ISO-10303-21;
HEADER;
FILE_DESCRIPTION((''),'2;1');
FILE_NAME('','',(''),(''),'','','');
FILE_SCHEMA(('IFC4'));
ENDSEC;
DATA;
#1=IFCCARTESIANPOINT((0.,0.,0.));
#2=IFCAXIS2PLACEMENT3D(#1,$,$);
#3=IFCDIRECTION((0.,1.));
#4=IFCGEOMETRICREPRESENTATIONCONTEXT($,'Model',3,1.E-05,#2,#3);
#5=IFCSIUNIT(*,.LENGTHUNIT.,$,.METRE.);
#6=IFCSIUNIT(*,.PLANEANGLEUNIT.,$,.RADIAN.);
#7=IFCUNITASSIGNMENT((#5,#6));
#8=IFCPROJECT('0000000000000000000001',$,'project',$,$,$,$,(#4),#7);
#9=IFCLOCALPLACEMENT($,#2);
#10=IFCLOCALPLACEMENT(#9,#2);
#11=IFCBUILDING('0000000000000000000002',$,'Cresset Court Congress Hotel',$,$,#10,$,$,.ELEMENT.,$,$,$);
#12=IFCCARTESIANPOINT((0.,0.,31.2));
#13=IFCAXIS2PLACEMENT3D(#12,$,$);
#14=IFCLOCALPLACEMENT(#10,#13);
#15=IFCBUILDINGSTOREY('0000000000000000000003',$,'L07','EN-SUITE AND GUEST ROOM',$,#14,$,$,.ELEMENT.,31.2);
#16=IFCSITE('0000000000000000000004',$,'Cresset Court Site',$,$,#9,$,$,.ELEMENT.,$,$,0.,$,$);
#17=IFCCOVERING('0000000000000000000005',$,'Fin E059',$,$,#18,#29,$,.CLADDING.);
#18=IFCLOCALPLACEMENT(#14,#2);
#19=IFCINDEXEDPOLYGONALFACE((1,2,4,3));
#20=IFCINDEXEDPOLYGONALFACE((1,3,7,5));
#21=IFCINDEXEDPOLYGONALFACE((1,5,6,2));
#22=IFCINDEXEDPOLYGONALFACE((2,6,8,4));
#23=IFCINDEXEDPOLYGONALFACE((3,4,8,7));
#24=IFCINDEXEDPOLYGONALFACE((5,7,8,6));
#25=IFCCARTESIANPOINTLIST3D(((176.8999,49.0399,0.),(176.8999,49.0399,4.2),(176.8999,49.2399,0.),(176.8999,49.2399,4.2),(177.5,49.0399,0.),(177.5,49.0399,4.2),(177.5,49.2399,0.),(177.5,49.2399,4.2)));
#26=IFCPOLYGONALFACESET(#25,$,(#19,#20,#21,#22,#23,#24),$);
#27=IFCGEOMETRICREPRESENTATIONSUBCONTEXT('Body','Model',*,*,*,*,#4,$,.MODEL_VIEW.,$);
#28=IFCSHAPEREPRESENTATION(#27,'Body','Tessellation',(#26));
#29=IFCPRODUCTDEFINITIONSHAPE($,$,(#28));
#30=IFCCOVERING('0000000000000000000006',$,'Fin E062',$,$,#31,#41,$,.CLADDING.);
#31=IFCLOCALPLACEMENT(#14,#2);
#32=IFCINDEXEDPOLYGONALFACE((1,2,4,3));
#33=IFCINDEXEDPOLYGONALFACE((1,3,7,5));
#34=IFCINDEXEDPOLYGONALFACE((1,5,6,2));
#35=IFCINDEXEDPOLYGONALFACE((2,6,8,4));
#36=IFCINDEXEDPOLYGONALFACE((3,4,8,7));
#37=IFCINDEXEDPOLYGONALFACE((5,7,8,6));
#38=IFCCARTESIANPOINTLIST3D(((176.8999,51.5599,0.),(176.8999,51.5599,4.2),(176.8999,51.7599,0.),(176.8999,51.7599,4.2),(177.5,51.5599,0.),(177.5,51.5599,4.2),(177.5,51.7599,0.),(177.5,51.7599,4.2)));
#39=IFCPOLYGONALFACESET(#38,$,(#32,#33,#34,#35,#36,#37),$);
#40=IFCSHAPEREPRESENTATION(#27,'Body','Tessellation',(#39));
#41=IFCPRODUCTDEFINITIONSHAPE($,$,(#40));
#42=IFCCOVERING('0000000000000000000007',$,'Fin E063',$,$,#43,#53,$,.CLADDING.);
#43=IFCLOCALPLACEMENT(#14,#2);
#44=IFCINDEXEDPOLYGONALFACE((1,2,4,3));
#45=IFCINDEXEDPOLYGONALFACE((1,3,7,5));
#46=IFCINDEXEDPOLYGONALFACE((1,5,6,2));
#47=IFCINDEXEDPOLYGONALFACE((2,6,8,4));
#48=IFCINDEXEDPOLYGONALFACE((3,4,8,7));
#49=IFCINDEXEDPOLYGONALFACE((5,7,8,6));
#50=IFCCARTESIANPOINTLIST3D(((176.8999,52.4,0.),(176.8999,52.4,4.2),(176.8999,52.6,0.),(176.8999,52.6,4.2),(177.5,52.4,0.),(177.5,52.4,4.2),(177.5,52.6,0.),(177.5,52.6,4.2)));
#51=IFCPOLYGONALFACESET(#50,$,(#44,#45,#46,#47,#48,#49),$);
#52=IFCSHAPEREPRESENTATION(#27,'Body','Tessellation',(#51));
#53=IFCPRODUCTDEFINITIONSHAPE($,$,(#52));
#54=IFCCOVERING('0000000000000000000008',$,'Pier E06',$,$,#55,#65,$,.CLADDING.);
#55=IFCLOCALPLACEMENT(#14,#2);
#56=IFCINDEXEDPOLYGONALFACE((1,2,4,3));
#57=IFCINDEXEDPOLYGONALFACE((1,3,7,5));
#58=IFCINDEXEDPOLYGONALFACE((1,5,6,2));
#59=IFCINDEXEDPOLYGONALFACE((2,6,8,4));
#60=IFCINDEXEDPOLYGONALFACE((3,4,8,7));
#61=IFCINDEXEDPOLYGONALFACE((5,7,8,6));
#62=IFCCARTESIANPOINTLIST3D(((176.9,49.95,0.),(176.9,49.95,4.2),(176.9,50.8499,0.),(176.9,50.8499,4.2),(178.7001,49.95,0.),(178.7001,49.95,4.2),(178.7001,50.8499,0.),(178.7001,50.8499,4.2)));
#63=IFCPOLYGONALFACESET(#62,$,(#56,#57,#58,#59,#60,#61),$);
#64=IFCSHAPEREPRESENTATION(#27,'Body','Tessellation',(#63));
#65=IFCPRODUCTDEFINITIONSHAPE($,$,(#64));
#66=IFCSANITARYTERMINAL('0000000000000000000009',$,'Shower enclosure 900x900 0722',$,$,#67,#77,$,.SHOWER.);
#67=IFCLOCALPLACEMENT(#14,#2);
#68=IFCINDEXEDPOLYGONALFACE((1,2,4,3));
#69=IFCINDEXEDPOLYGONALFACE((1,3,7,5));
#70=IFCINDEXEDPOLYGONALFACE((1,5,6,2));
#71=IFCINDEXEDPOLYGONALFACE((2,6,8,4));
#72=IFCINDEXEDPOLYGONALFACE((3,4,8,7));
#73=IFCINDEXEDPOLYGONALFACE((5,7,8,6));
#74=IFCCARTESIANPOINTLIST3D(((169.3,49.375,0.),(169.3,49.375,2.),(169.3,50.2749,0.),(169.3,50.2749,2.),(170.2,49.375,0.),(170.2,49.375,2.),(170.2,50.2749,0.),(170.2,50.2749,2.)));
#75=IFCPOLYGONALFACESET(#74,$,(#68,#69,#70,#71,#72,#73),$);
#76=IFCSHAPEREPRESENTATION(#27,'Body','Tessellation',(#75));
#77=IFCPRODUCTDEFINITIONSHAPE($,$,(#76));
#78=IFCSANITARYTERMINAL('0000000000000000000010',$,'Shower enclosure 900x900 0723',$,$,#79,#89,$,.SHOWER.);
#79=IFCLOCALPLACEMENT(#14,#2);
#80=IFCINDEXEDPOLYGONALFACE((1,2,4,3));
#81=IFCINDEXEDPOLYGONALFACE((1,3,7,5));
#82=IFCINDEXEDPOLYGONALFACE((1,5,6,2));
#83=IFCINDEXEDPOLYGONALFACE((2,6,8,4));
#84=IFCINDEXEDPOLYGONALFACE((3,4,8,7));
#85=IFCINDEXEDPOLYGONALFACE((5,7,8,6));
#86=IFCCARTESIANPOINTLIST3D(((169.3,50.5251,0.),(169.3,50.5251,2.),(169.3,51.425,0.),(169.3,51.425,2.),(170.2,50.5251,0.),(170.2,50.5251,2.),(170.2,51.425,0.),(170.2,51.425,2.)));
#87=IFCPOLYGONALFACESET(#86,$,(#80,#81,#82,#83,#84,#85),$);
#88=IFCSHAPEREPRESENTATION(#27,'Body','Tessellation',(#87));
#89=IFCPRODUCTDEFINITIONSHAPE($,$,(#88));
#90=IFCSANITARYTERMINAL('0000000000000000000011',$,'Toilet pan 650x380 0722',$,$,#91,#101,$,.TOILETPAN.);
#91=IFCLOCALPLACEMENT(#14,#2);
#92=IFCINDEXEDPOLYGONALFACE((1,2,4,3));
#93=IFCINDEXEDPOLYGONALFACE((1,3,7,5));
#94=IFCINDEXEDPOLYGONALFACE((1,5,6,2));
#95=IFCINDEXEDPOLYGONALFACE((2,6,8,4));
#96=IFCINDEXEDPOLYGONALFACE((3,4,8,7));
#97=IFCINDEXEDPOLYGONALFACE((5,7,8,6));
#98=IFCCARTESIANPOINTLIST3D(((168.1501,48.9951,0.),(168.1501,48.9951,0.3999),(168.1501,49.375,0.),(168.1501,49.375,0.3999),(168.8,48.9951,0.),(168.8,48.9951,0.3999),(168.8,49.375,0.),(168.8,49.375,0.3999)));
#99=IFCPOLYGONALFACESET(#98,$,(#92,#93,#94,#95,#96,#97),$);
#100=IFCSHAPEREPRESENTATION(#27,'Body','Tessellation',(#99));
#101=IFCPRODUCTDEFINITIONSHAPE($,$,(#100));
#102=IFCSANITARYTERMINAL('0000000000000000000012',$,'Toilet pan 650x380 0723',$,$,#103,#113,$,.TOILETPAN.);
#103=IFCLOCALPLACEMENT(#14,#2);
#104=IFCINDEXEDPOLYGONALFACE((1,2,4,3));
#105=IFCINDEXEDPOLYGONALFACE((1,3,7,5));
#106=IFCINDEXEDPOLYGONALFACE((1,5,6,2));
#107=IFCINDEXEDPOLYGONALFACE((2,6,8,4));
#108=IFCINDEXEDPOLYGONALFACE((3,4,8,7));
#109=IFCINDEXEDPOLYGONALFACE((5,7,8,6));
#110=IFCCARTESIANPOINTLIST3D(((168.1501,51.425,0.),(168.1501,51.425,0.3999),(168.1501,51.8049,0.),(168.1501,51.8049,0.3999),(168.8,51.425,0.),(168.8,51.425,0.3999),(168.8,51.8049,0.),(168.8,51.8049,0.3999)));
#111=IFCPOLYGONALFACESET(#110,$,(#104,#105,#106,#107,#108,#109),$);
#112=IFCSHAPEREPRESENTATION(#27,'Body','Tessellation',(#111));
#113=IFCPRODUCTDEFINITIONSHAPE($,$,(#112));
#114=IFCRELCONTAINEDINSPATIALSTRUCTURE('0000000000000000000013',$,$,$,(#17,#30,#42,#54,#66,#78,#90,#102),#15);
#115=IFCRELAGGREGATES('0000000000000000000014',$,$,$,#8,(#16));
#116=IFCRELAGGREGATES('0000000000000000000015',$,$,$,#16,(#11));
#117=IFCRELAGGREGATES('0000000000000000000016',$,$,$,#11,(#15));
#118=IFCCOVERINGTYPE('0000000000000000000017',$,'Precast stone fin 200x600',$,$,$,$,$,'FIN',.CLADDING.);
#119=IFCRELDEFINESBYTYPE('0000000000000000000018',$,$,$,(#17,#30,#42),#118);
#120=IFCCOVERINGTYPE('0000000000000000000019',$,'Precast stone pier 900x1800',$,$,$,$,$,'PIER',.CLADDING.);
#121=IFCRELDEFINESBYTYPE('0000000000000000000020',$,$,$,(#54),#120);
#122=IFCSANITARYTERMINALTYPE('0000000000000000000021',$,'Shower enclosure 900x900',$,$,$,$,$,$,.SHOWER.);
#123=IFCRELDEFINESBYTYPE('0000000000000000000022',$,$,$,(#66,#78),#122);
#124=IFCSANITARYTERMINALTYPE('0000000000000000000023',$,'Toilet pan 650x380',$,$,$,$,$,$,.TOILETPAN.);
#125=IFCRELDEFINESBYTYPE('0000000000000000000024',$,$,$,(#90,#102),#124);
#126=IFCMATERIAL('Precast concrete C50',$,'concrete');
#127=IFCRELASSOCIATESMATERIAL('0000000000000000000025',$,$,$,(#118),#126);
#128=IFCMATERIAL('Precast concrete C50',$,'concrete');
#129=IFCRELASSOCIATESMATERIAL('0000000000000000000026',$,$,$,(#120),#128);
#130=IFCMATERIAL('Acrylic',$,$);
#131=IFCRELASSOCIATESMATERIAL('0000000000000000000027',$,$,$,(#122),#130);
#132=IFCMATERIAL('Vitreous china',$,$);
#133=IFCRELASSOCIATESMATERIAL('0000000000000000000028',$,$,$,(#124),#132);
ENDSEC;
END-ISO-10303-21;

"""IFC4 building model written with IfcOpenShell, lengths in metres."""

from ifc_helpers import new_model, si_unit, direction, frame, origin, origin_2d, place, context, subcontext, project, spatial, rectangle, extrude, material, type_object, element, save


model = new_model("IFC4")

# Units and contexts
model_context = context("Model", 3, precision=1e-05, world=origin(), true_north=direction((0.0, 1.0)))
body_context = subcontext(model_context, "Body", "Model", "MODEL_VIEW")
ifc_project = project(units=[si_unit("LENGTHUNIT", "METRE"), si_unit("PLANEANGLEUNIT", "RADIAN")], contexts=[model_context])

# Site, building, storey
site_placement = place(None, origin())
site = spatial("IfcSite", under=ifc_project, at=site_placement, Name="Cresset Court Site", CompositionType="ELEMENT", RefElevation=0.0)
building_placement = place(site_placement, origin())
building = spatial("IfcBuilding", under=site, at=building_placement, Name="Cresset Court Congress Hotel", CompositionType="ELEMENT")
storey_placement = place(building_placement, frame((0.0, 0.0, 31.2)))
storey = spatial("IfcBuildingStorey", under=building, at=storey_placement, Name="L07", Description="EN-SUITE AND GUEST ROOM", CompositionType="ELEMENT", Elevation=31.2)

# Coverings
ifc_material_1 = material(Name="Precast concrete C50", Category="concrete")
covering_type_1 = type_object("IfcCoveringType", Name="Precast stone fin 200x600", ElementType="FIN", PredefinedType="CLADDING", material=ifc_material_1)
for number, where, z_axis, x_axis, name in (
    (1, (177.2, 49.1399, 0.0), (0.0, 0.0, 1.0), (1.0, 0.0, 0.0), "Fin E059"),
    (2, (177.2, 51.6599, 0.0), (0.0, 0.0, 1.0), (1.0, 0.0, 0.0), "Fin E062"),
    (3, (177.2, 52.5, 0.0), (0.0, 0.0, 1.0), (1.0, 0.0, 0.0), "Fin E063"),
):
    element("IfcCovering", number, at=place(storey_placement, frame(where, z_axis=z_axis, x_axis=x_axis)), inside=storey, type_object=covering_type_1, Name=name, PredefinedType="CLADDING", context=body_context, shape_type="SweptSolid", body=[
        extrude(rectangle(XDim=0.6001, YDim=0.2, at=origin_2d()), origin(), (0.0, 0.0, 1.0), 4.2),
    ])
ifc_material_2 = material(Name="Precast concrete C50", Category="concrete")
covering_type_2 = type_object("IfcCoveringType", Name="Precast stone pier 900x1800", ElementType="PIER", PredefinedType="CLADDING", material=ifc_material_2)
covering_placement = place(storey_placement, frame((177.8, 50.3999, 0.0), z_axis=(0.0, 0.0, 1.0), x_axis=(1.0, 0.0, 0.0)))
element("IfcCovering", 4, at=covering_placement, inside=storey, type_object=covering_type_2, Name="Pier E06", PredefinedType="CLADDING", context=body_context, shape_type="SweptSolid", body=[
    extrude(rectangle(XDim=1.8, YDim=0.8999, at=origin_2d()), origin(), (0.0, 0.0, 1.0), 4.2),
])

# Sanitary terminals
ifc_material_3 = material(Name="Acrylic")
sanitary_terminal_type_1 = type_object("IfcSanitaryTerminalType", Name="Shower enclosure 900x900", PredefinedType="SHOWER", material=ifc_material_3)
for number, where, z_axis, x_axis, name in (
    (5, (169.75, 49.825, 0.0), (0.0, 0.0, 1.0), (1.0, 0.0, 0.0), "Shower enclosure 900x900 0722"),
    (6, (169.75, 50.9751, 0.0), (0.0, 0.0, 1.0), (1.0, 0.0, 0.0), "Shower enclosure 900x900 0723"),
):
    element("IfcSanitaryTerminal", number, at=place(storey_placement, frame(where, z_axis=z_axis, x_axis=x_axis)), inside=storey, type_object=sanitary_terminal_type_1, Name=name, PredefinedType="SHOWER", context=body_context, shape_type="SweptSolid", body=[
        extrude(rectangle(XDim=0.8999, YDim=0.8999, at=origin_2d()), origin(), (0.0, 0.0, 1.0), 2.0),
    ])
ifc_material_4 = material(Name="Vitreous china")
sanitary_terminal_type_2 = type_object("IfcSanitaryTerminalType", Name="Toilet pan 650x380", PredefinedType="TOILETPAN", material=ifc_material_4)
for number, where, z_axis, x_axis, name in (
    (7, (168.4751, 49.1851, 0.0), (0.0, 0.0, 1.0), (1.0, 0.0, 0.0), "Toilet pan 650x380 0722"),
    (8, (168.4751, 51.615, 0.0), (0.0, 0.0, 1.0), (1.0, 0.0, 0.0), "Toilet pan 650x380 0723"),
):
    element("IfcSanitaryTerminal", number, at=place(storey_placement, frame(where, z_axis=z_axis, x_axis=x_axis)), inside=storey, type_object=sanitary_terminal_type_2, Name=name, PredefinedType="TOILETPAN", context=body_context, shape_type="SweptSolid", body=[
        extrude(rectangle(XDim=0.6499, YDim=0.3799, at=origin_2d()), origin(), (0.0, 0.0, 1.0), 0.3999),
    ])

save(model, "model.ifc")
